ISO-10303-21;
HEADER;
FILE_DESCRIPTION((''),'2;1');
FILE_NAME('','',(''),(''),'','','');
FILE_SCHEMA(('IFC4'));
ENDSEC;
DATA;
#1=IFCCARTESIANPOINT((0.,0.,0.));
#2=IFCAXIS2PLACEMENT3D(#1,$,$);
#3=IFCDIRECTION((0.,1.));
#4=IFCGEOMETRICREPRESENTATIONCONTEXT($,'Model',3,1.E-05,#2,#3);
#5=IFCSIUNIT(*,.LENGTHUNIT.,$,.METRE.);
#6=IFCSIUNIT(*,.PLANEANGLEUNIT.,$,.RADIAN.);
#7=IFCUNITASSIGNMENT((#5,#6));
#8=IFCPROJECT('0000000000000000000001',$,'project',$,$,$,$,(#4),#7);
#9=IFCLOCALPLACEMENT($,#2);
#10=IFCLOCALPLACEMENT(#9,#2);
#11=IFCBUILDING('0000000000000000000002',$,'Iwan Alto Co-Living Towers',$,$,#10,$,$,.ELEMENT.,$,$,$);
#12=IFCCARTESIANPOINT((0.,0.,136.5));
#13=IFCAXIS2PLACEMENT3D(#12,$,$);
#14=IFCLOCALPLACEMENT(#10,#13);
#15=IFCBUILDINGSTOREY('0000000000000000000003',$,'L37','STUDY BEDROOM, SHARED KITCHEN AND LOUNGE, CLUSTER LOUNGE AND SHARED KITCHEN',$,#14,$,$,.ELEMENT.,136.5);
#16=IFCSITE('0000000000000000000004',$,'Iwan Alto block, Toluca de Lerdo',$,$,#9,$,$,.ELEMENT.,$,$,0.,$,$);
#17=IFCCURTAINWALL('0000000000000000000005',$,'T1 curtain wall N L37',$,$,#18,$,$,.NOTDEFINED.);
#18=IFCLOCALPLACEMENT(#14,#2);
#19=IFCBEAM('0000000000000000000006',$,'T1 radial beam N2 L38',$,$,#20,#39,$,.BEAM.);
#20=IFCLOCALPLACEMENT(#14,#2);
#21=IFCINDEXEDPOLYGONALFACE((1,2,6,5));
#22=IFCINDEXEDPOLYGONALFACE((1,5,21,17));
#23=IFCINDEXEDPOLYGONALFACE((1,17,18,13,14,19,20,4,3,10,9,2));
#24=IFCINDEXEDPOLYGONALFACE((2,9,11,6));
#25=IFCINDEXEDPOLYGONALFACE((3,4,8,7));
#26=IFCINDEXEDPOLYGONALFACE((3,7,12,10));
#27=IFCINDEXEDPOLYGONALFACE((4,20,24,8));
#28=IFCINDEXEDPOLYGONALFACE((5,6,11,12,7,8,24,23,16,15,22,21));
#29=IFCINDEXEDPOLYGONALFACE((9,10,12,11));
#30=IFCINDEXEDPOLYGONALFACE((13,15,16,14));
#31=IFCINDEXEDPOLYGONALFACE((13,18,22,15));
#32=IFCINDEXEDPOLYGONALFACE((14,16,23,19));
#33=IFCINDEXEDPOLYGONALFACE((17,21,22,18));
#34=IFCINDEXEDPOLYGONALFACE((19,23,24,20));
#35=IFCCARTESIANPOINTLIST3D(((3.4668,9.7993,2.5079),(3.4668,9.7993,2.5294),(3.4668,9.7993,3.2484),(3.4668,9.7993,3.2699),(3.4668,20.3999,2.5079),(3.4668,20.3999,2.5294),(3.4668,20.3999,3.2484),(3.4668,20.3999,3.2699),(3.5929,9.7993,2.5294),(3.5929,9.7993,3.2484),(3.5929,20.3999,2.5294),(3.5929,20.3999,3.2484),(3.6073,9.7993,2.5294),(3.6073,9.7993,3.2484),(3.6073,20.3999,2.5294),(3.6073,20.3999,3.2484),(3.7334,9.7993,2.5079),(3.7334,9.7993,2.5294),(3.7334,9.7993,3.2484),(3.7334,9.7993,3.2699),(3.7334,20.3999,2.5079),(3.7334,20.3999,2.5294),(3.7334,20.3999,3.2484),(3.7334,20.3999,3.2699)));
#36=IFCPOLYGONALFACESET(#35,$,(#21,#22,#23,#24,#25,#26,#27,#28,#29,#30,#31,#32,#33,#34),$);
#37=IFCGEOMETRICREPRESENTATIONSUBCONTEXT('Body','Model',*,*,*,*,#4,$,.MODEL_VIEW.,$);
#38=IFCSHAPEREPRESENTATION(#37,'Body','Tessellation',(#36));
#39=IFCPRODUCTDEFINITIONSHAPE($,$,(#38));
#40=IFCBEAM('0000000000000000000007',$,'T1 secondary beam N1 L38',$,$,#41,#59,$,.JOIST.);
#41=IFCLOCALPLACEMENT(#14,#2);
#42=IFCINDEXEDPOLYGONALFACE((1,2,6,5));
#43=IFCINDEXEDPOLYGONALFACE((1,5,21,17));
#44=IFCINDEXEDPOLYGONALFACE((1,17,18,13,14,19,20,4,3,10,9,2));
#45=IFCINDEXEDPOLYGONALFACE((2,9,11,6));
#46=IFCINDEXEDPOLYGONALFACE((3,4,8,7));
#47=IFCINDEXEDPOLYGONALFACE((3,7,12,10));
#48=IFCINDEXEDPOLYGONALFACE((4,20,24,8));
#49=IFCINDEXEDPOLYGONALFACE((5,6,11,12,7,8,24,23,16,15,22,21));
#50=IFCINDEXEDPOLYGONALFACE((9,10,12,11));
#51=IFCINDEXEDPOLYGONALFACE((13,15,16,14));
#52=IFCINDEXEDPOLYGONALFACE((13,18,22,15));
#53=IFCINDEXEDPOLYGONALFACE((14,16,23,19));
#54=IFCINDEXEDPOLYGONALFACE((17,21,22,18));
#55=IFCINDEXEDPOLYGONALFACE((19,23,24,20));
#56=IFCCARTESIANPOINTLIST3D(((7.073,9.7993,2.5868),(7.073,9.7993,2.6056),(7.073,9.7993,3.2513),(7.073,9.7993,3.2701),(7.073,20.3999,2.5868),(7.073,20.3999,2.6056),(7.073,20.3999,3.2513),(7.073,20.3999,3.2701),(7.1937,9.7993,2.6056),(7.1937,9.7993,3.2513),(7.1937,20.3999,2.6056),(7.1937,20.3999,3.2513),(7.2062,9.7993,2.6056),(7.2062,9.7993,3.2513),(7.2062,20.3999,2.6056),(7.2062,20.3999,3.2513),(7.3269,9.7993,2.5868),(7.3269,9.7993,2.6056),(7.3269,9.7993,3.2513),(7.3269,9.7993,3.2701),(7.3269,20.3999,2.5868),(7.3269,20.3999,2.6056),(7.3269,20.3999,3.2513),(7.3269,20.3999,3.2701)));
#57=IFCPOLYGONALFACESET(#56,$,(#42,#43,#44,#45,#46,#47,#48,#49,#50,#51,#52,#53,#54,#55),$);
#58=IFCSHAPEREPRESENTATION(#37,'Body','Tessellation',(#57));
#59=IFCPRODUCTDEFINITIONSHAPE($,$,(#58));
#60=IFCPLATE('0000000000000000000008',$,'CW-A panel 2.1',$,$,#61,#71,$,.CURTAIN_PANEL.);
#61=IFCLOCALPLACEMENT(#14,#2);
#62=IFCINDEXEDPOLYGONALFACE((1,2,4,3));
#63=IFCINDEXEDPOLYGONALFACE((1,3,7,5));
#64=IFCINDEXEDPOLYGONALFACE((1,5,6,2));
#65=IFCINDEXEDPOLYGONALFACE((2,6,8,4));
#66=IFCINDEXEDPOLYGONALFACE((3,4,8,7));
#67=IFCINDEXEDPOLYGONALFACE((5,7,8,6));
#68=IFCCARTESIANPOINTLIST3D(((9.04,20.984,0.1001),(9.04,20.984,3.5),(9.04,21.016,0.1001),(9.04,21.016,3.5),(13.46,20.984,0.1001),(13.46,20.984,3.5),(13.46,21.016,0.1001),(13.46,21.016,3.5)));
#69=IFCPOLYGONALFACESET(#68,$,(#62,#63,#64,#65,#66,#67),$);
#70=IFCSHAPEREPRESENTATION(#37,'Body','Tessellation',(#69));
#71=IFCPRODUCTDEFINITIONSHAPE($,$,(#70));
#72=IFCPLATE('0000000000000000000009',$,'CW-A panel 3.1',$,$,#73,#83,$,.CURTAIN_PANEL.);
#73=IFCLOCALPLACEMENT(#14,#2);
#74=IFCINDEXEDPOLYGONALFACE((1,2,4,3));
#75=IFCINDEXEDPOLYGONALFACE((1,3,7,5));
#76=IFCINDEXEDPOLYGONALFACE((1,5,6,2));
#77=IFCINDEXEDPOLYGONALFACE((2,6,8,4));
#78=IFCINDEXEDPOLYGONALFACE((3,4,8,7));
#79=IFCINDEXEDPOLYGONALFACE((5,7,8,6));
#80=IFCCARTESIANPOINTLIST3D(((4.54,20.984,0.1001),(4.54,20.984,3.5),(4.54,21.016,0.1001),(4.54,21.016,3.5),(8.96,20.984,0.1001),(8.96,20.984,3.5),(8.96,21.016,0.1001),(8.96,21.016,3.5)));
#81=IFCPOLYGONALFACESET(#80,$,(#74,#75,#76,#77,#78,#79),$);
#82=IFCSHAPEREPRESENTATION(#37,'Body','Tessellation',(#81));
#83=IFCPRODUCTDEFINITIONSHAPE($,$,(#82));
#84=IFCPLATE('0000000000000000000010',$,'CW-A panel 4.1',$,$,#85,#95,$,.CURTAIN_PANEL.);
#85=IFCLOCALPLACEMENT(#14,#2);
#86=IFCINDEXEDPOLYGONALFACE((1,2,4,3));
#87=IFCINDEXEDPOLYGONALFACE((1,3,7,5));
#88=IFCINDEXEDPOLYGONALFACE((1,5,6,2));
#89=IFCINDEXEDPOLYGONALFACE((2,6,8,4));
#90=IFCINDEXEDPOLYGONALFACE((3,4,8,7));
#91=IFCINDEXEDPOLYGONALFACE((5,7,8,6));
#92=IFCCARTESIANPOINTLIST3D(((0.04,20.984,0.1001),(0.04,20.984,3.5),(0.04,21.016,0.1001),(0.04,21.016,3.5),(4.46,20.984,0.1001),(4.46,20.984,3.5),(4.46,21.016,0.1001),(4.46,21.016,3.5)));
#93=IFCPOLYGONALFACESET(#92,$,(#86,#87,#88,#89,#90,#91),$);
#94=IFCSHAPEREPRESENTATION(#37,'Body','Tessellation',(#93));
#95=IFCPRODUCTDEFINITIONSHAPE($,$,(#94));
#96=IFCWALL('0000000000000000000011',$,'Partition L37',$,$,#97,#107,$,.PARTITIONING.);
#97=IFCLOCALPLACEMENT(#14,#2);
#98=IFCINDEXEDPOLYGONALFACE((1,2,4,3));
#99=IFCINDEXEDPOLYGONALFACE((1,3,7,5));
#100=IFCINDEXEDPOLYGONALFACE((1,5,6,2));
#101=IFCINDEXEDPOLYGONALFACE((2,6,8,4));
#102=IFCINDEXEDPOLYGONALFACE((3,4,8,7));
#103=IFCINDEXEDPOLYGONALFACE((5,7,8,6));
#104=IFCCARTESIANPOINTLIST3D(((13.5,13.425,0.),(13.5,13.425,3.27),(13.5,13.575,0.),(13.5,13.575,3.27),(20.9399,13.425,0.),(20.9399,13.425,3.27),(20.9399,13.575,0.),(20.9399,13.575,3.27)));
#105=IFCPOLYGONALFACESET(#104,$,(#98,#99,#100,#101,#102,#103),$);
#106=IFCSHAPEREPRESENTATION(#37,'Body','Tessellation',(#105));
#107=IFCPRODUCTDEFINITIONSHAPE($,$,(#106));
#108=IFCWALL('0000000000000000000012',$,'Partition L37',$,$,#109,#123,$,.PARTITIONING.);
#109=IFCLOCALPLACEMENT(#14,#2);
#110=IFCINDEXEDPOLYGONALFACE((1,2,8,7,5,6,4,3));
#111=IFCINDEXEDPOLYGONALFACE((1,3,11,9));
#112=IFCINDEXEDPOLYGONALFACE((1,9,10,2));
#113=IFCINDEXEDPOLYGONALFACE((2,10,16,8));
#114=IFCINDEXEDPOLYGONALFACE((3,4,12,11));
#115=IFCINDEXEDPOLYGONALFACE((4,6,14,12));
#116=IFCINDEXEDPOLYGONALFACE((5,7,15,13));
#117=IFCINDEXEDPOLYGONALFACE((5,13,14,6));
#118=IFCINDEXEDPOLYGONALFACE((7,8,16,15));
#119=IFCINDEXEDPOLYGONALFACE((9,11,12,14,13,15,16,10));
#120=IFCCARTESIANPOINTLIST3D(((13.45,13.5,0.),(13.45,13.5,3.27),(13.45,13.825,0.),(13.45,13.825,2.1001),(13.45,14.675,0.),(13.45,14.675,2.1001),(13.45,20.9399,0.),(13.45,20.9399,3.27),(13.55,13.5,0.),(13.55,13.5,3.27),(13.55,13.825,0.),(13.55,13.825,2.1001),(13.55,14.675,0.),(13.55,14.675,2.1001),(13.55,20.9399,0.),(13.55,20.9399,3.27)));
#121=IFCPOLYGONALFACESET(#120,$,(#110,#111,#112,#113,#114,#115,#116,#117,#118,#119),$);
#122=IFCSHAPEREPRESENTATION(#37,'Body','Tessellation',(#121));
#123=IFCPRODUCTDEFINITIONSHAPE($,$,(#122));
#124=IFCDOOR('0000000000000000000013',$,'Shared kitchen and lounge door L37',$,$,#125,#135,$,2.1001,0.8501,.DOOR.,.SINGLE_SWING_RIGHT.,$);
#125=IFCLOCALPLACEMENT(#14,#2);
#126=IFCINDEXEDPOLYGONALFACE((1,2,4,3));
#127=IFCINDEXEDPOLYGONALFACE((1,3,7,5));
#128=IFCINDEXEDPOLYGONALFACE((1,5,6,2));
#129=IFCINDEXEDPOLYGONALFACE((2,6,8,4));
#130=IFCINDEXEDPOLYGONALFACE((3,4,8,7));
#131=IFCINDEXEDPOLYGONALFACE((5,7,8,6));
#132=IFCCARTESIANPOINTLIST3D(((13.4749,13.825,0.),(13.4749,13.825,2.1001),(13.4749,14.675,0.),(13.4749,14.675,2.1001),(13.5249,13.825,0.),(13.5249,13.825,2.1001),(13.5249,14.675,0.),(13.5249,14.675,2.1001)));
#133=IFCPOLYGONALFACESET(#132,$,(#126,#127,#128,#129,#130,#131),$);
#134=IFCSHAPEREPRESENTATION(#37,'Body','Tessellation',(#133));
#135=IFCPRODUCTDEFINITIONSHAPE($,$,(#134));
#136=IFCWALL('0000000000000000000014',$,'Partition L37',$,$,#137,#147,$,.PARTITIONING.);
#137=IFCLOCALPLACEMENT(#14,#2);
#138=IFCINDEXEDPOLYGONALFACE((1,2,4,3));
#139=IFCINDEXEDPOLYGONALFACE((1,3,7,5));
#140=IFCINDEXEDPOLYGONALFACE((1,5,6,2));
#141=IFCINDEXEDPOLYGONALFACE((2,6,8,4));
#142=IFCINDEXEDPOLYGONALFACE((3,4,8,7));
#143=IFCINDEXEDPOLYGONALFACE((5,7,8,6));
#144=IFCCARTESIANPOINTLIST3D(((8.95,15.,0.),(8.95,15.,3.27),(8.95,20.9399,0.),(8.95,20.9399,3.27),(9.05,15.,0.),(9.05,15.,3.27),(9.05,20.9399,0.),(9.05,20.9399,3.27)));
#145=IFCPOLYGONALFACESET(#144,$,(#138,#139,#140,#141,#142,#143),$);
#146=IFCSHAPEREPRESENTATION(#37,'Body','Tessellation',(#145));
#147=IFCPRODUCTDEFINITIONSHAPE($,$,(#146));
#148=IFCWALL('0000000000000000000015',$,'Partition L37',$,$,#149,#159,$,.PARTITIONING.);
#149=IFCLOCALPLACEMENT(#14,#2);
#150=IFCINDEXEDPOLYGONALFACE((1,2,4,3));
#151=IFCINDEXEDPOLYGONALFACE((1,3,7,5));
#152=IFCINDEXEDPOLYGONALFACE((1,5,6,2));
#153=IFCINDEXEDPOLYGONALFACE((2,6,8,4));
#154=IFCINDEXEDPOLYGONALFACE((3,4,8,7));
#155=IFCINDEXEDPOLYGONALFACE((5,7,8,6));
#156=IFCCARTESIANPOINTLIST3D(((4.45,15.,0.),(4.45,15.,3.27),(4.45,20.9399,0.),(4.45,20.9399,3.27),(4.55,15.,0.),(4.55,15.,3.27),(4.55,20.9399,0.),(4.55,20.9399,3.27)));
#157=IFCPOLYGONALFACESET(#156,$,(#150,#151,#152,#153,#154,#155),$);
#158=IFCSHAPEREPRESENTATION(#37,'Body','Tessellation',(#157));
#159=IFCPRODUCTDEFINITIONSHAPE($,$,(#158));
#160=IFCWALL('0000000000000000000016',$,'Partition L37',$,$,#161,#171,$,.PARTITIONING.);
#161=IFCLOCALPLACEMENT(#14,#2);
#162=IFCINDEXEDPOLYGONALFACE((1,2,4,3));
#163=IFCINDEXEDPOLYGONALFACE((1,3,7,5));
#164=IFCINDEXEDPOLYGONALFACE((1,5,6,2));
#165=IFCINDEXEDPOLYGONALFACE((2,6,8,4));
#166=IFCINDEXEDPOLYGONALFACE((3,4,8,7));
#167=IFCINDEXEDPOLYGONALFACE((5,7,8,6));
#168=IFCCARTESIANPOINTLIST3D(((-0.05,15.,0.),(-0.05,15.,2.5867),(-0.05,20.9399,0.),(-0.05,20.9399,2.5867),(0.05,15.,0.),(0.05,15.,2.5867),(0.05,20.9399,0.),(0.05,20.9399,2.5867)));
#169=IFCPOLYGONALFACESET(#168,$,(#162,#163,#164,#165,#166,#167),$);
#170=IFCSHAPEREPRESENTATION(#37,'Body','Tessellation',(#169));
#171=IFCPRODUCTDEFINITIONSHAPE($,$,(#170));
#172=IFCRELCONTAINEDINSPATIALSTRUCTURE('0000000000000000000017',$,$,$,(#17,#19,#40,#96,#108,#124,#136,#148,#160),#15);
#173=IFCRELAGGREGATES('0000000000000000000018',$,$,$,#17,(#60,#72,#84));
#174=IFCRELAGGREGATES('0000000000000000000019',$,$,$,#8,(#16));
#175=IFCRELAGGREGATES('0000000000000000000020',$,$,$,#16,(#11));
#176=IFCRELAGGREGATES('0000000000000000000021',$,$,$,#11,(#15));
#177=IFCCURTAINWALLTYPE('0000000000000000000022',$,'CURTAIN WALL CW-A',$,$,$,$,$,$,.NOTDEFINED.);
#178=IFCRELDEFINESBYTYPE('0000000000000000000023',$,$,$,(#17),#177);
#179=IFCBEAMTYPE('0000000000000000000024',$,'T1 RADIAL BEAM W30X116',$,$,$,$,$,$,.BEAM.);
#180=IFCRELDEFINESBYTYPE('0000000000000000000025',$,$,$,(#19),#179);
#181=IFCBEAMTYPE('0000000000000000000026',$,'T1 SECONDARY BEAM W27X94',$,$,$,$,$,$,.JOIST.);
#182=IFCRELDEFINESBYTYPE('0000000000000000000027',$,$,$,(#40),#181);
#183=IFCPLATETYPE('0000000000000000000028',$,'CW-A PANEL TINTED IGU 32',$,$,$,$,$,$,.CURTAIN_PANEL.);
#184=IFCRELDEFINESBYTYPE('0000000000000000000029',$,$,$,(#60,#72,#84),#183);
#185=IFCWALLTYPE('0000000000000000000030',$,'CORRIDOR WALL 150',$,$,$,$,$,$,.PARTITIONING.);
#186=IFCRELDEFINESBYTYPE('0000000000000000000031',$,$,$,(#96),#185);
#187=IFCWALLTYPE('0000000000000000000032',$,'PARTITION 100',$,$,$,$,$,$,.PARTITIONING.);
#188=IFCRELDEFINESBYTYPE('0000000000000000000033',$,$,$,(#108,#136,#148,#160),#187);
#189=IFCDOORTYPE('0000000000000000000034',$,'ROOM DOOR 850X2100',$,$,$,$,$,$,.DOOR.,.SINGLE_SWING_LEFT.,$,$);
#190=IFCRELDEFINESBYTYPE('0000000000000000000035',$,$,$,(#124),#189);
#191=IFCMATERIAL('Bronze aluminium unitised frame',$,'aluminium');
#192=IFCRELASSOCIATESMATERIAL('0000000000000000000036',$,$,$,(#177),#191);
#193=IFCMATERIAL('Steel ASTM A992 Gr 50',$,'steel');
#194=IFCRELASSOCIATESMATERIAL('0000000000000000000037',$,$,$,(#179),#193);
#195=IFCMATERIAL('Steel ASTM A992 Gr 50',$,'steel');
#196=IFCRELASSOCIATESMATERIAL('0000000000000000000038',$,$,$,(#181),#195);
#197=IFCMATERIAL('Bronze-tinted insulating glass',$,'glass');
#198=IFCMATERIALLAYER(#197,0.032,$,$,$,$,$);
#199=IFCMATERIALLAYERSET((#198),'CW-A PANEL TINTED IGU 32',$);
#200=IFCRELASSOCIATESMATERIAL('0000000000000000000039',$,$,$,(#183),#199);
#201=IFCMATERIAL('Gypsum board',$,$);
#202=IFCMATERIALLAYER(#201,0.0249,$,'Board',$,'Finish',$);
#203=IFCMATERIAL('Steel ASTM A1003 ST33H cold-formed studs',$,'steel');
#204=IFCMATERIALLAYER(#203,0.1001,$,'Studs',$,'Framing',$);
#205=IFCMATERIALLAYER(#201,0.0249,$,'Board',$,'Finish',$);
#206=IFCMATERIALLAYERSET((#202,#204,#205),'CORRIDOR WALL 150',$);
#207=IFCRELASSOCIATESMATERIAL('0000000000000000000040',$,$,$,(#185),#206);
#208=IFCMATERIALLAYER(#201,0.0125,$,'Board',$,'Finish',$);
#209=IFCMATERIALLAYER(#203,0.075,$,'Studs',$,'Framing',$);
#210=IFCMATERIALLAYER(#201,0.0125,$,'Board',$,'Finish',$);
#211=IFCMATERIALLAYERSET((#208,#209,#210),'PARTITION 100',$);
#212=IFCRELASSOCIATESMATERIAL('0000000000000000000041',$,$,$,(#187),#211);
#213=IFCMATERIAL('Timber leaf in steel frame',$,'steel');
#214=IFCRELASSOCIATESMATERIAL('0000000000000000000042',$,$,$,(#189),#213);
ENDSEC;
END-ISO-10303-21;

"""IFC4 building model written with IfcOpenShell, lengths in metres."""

from ifc_helpers import new_model, si_unit, direction, frame, frame_2d, origin, origin_2d, place, context, subcontext, project, spatial, rectangle, i_section, extrude, material, layer, layer_set, material_profile, profile_set, type_object, element, fill, aggregate, save


model = new_model("IFC4")

# Units and contexts
model_context = context("Model", 3, precision=1e-05, world=origin(), true_north=direction((0.0, 1.0)))
body_context = subcontext(model_context, "Body", "Model", "MODEL_VIEW")
ifc_project = project(units=[si_unit("LENGTHUNIT", "METRE"), si_unit("PLANEANGLEUNIT", "RADIAN")], contexts=[model_context])

# Site, building, storey
site_placement = place(None, origin())
site = spatial("IfcSite", under=ifc_project, at=site_placement, Name="Iwan Alto block, Toluca de Lerdo", CompositionType="ELEMENT", RefElevation=0.0)
building_placement = place(site_placement, origin())
building = spatial("IfcBuilding", under=site, at=building_placement, Name="Iwan Alto Co-Living Towers", CompositionType="ELEMENT")
storey_placement = place(building_placement, frame((0.0, 0.0, 136.5)))
storey = spatial("IfcBuildingStorey", under=building, at=storey_placement, Name="L37", Description="STUDY BEDROOM, SHARED KITCHEN AND LOUNGE, CLUSTER LOUNGE AND SHARED KITCHEN", CompositionType="ELEMENT", Elevation=136.5)

# Curtain wall
ifc_material_1 = material(Name="Bronze aluminium unitised frame", Category="aluminium")
curtain_wall_type = type_object("IfcCurtainWallType", Name="CURTAIN WALL CW-A", PredefinedType="NOTDEFINED", material=ifc_material_1)
curtain_wall_placement = place(storey_placement, origin())
curtain_wall = element("IfcCurtainWall", 1, at=curtain_wall_placement, inside=storey, type_object=curtain_wall_type, Name="T1 curtain wall N L37", PredefinedType="NOTDEFINED")

# Beams
ifc_material_2 = material(Name="Steel ASTM A992 Gr 50", Category="steel")
ifc_material_profile_1 = material_profile(ifc_material_2, i_section(OverallWidth=0.2666, OverallDepth=0.762, WebThickness=0.0144, FlangeThickness=0.0215, at=origin_2d()), Name="W30X116")
ifc_profile_set_1 = profile_set([ifc_material_profile_1], Name="Steel ASTM A992 Gr 50")
beam_type_1 = type_object("IfcBeamType", Name="T1 RADIAL BEAM W30X116", PredefinedType="BEAM", material=ifc_profile_set_1)
beam_1_placement = place(storey_placement, frame((3.6001, 20.3999, 2.8889), z_axis=(0.0, -1.0, 0.0), x_axis=(1.0, 0.0, 0.0)))
element("IfcBeam", 2, at=beam_1_placement, inside=storey, type_object=beam_type_1, Name="T1 radial beam N2 L38", PredefinedType="BEAM", context=body_context, shape_type="SweptSolid", body=[
    extrude(i_section(OverallWidth=0.2666, OverallDepth=0.762, WebThickness=0.0144, FlangeThickness=0.0215, at=origin_2d()), origin(), (0.0, 0.0, 1.0), 10.6006),
])
ifc_material_3 = material(Name="Steel ASTM A992 Gr 50", Category="steel")
ifc_material_profile_2 = material_profile(ifc_material_3, i_section(OverallWidth=0.2539, OverallDepth=0.6833, WebThickness=0.0125, FlangeThickness=0.0188, at=origin_2d()), Name="W27X94")
ifc_profile_set_2 = profile_set([ifc_material_profile_2], Name="Steel ASTM A992 Gr 50")
beam_type_2 = type_object("IfcBeamType", Name="T1 SECONDARY BEAM W27X94", PredefinedType="JOIST", material=ifc_profile_set_2)
beam_2_placement = place(storey_placement, frame((7.2, 20.3999, 2.9285), z_axis=(0.0, -1.0, 0.0), x_axis=(1.0, 0.0, 0.0)))
element("IfcBeam", 3, at=beam_2_placement, inside=storey, type_object=beam_type_2, Name="T1 secondary beam N1 L38", PredefinedType="JOIST", context=body_context, shape_type="SweptSolid", body=[
    extrude(i_section(OverallWidth=0.2539, OverallDepth=0.6833, WebThickness=0.0125, FlangeThickness=0.0188, at=origin_2d()), origin(), (0.0, 0.0, 1.0), 10.6006),
])

# Plates
ifc_material_4 = material(Name="Bronze-tinted insulating glass", Category="glass")
ifc_layer_1 = layer(ifc_material_4, 0.032)
ifc_layer_set_1 = layer_set([ifc_layer_1], Name="CW-A PANEL TINTED IGU 32")
plate_type = type_object("IfcPlateType", Name="CW-A PANEL TINTED IGU 32", PredefinedType="CURTAIN_PANEL", material=ifc_layer_set_1)
plate_1_placement = place(storey_placement, frame((11.25, 21.0, 0.1001), z_axis=(0.0, 0.0, 1.0), x_axis=(-1.0, 0.0, 0.0)))
plate_1 = element("IfcPlate", 4, at=plate_1_placement, type_object=plate_type, Name="CW-A panel 2.1", PredefinedType="CURTAIN_PANEL", context=body_context, shape_type="SweptSolid", body=[
    extrude(rectangle(XDim=4.4199, YDim=0.032, at=origin_2d()), origin(), (0.0, 0.0, 1.0), 3.3999),
])
plate_2_placement = place(storey_placement, frame((6.75, 21.0, 0.1001), z_axis=(0.0, 0.0, 1.0), x_axis=(-1.0, 0.0, 0.0)))
plate_2 = element("IfcPlate", 5, at=plate_2_placement, type_object=plate_type, Name="CW-A panel 3.1", PredefinedType="CURTAIN_PANEL", context=body_context, shape_type="SweptSolid", body=[
    extrude(rectangle(XDim=4.4199, YDim=0.032, at=origin_2d()), origin(), (0.0, 0.0, 1.0), 3.3999),
])
plate_3_placement = place(storey_placement, frame((2.25, 21.0, 0.1001), z_axis=(0.0, 0.0, 1.0), x_axis=(-1.0, 0.0, 0.0)))
plate_3 = element("IfcPlate", 6, at=plate_3_placement, type_object=plate_type, Name="CW-A panel 4.1", PredefinedType="CURTAIN_PANEL", context=body_context, shape_type="SweptSolid", body=[
    extrude(rectangle(XDim=4.4199, YDim=0.032, at=origin_2d()), origin(), (0.0, 0.0, 1.0), 3.3999),
])
aggregate(curtain_wall, [plate_1, plate_2, plate_3])

# Wall
ifc_material_5 = material(Name="Gypsum board")
ifc_layer_2 = layer(ifc_material_5, 0.0249, Name="Board", Category="Finish")
ifc_material_6 = material(Name="Steel ASTM A1003 ST33H cold-formed studs", Category="steel")
ifc_layer_3 = layer(ifc_material_6, 0.1001, Name="Studs", Category="Framing")
ifc_layer_4 = layer(ifc_material_5, 0.0249, Name="Board", Category="Finish")
ifc_layer_set_2 = layer_set([ifc_layer_2, ifc_layer_3, ifc_layer_4], Name="CORRIDOR WALL 150")
wall_type_1 = type_object("IfcWallType", Name="CORRIDOR WALL 150", PredefinedType="PARTITIONING", material=ifc_layer_set_2)
wall_1_placement = place(storey_placement, frame((13.5, 13.5, 0.0), z_axis=(0.0, 0.0, 1.0), x_axis=(1.0, 0.0, 0.0)))
element("IfcWall", 7, at=wall_1_placement, inside=storey, type_object=wall_type_1, Name="Partition L37", PredefinedType="PARTITIONING", context=body_context, shape_type="SweptSolid", body=[
    extrude(rectangle(XDim=7.4399, YDim=0.1499, at=frame_2d((3.72, 0.0))), origin(), (0.0, 0.0, 1.0), 3.27),
])

# Wall, opening, door
ifc_layer_5 = layer(ifc_material_5, 0.0125, Name="Board", Category="Finish")
ifc_layer_6 = layer(ifc_material_6, 0.075, Name="Studs", Category="Framing")
ifc_layer_7 = layer(ifc_material_5, 0.0125, Name="Board", Category="Finish")
ifc_layer_set_3 = layer_set([ifc_layer_5, ifc_layer_6, ifc_layer_7], Name="PARTITION 100")
wall_type_2 = type_object("IfcWallType", Name="PARTITION 100", PredefinedType="PARTITIONING", material=ifc_layer_set_3)
wall_2_placement = place(storey_placement, frame((13.5, 13.5, 0.0), z_axis=(0.0, 0.0, 1.0), x_axis=(0.0, 1.0, 0.0)))
wall_2 = element("IfcWall", 8, at=wall_2_placement, inside=storey, type_object=wall_type_2, Name="Partition L37", PredefinedType="PARTITIONING", context=body_context, shape_type="SweptSolid", body=[
    extrude(rectangle(XDim=7.4399, YDim=0.1001, at=frame_2d((3.72, 0.0))), origin(), (0.0, 0.0, 1.0), 3.27),
])
opening_placement = place(wall_2_placement, frame((0.325, 0.0, 0.0)))
opening = element("IfcOpeningElement", 9, at=opening_placement, cuts=wall_2, PredefinedType="OPENING", context=body_context, shape_type="SweptSolid", body=[
    extrude(rectangle(XDim=0.8501, YDim=2.1001, at=frame_2d((0.425, 1.05))), frame((0.0, 0.0601, 0.0), z_axis=(0.0, -1.0, 0.0), x_axis=(1.0, 0.0, 0.0)), (0.0, 0.0, 1.0), 0.1201),
])
ifc_material_7 = material(Name="Timber leaf in steel frame", Category="steel")
door_type = type_object("IfcDoorType", Name="ROOM DOOR 850X2100", OperationType="SINGLE_SWING_LEFT", PredefinedType="DOOR", material=ifc_material_7)
door_placement = place(opening_placement, frame((0.8501, 0.0, 0.0), z_axis=(0.0, 0.0, 1.0), x_axis=(-1.0, 0.0, 0.0)))
door = element("IfcDoor", 10, at=door_placement, inside=storey, type_object=door_type, Name="Shared kitchen and lounge door L37", OperationType="SINGLE_SWING_RIGHT", OverallHeight=2.1001, OverallWidth=0.8501, PredefinedType="DOOR", context=body_context, shape_type="SweptSolid", body=[
    extrude(rectangle(XDim=0.8501, YDim=2.1001, at=frame_2d((0.425, 1.05))), frame((0.0, 0.0249, 0.0), z_axis=(0.0, -1.0, 0.0), x_axis=(1.0, 0.0, 0.0)), (0.0, 0.0, 1.0), 0.05),
])
fill(opening, door)

# Walls
for number, where, z_axis, x_axis, name in (
    (11, (9.0, 15.0, 0.0), (0.0, 0.0, 1.0), (0.0, 1.0, 0.0), "Partition L37"),
    (12, (4.5, 15.0, 0.0), (0.0, 0.0, 1.0), (0.0, 1.0, 0.0), "Partition L37"),
):
    element("IfcWall", number, at=place(storey_placement, frame(where, z_axis=z_axis, x_axis=x_axis)), inside=storey, type_object=wall_type_2, Name=name, PredefinedType="PARTITIONING", context=body_context, shape_type="SweptSolid", body=[
        extrude(rectangle(XDim=5.9399, YDim=0.1001, at=frame_2d((2.97, 0.0))), origin(), (0.0, 0.0, 1.0), 3.27),
    ])
wall_3_placement = place(storey_placement, frame((0.0, 15.0, 0.0), z_axis=(0.0, 0.0, 1.0), x_axis=(0.0, 1.0, 0.0)))
element("IfcWall", 13, at=wall_3_placement, inside=storey, type_object=wall_type_2, Name="Partition L37", PredefinedType="PARTITIONING", context=body_context, shape_type="SweptSolid", body=[
    extrude(rectangle(XDim=5.9399, YDim=0.1001, at=frame_2d((2.97, 0.0))), origin(), (0.0, 0.0, 1.0), 2.5867),
])

save(model, "model.ifc")
